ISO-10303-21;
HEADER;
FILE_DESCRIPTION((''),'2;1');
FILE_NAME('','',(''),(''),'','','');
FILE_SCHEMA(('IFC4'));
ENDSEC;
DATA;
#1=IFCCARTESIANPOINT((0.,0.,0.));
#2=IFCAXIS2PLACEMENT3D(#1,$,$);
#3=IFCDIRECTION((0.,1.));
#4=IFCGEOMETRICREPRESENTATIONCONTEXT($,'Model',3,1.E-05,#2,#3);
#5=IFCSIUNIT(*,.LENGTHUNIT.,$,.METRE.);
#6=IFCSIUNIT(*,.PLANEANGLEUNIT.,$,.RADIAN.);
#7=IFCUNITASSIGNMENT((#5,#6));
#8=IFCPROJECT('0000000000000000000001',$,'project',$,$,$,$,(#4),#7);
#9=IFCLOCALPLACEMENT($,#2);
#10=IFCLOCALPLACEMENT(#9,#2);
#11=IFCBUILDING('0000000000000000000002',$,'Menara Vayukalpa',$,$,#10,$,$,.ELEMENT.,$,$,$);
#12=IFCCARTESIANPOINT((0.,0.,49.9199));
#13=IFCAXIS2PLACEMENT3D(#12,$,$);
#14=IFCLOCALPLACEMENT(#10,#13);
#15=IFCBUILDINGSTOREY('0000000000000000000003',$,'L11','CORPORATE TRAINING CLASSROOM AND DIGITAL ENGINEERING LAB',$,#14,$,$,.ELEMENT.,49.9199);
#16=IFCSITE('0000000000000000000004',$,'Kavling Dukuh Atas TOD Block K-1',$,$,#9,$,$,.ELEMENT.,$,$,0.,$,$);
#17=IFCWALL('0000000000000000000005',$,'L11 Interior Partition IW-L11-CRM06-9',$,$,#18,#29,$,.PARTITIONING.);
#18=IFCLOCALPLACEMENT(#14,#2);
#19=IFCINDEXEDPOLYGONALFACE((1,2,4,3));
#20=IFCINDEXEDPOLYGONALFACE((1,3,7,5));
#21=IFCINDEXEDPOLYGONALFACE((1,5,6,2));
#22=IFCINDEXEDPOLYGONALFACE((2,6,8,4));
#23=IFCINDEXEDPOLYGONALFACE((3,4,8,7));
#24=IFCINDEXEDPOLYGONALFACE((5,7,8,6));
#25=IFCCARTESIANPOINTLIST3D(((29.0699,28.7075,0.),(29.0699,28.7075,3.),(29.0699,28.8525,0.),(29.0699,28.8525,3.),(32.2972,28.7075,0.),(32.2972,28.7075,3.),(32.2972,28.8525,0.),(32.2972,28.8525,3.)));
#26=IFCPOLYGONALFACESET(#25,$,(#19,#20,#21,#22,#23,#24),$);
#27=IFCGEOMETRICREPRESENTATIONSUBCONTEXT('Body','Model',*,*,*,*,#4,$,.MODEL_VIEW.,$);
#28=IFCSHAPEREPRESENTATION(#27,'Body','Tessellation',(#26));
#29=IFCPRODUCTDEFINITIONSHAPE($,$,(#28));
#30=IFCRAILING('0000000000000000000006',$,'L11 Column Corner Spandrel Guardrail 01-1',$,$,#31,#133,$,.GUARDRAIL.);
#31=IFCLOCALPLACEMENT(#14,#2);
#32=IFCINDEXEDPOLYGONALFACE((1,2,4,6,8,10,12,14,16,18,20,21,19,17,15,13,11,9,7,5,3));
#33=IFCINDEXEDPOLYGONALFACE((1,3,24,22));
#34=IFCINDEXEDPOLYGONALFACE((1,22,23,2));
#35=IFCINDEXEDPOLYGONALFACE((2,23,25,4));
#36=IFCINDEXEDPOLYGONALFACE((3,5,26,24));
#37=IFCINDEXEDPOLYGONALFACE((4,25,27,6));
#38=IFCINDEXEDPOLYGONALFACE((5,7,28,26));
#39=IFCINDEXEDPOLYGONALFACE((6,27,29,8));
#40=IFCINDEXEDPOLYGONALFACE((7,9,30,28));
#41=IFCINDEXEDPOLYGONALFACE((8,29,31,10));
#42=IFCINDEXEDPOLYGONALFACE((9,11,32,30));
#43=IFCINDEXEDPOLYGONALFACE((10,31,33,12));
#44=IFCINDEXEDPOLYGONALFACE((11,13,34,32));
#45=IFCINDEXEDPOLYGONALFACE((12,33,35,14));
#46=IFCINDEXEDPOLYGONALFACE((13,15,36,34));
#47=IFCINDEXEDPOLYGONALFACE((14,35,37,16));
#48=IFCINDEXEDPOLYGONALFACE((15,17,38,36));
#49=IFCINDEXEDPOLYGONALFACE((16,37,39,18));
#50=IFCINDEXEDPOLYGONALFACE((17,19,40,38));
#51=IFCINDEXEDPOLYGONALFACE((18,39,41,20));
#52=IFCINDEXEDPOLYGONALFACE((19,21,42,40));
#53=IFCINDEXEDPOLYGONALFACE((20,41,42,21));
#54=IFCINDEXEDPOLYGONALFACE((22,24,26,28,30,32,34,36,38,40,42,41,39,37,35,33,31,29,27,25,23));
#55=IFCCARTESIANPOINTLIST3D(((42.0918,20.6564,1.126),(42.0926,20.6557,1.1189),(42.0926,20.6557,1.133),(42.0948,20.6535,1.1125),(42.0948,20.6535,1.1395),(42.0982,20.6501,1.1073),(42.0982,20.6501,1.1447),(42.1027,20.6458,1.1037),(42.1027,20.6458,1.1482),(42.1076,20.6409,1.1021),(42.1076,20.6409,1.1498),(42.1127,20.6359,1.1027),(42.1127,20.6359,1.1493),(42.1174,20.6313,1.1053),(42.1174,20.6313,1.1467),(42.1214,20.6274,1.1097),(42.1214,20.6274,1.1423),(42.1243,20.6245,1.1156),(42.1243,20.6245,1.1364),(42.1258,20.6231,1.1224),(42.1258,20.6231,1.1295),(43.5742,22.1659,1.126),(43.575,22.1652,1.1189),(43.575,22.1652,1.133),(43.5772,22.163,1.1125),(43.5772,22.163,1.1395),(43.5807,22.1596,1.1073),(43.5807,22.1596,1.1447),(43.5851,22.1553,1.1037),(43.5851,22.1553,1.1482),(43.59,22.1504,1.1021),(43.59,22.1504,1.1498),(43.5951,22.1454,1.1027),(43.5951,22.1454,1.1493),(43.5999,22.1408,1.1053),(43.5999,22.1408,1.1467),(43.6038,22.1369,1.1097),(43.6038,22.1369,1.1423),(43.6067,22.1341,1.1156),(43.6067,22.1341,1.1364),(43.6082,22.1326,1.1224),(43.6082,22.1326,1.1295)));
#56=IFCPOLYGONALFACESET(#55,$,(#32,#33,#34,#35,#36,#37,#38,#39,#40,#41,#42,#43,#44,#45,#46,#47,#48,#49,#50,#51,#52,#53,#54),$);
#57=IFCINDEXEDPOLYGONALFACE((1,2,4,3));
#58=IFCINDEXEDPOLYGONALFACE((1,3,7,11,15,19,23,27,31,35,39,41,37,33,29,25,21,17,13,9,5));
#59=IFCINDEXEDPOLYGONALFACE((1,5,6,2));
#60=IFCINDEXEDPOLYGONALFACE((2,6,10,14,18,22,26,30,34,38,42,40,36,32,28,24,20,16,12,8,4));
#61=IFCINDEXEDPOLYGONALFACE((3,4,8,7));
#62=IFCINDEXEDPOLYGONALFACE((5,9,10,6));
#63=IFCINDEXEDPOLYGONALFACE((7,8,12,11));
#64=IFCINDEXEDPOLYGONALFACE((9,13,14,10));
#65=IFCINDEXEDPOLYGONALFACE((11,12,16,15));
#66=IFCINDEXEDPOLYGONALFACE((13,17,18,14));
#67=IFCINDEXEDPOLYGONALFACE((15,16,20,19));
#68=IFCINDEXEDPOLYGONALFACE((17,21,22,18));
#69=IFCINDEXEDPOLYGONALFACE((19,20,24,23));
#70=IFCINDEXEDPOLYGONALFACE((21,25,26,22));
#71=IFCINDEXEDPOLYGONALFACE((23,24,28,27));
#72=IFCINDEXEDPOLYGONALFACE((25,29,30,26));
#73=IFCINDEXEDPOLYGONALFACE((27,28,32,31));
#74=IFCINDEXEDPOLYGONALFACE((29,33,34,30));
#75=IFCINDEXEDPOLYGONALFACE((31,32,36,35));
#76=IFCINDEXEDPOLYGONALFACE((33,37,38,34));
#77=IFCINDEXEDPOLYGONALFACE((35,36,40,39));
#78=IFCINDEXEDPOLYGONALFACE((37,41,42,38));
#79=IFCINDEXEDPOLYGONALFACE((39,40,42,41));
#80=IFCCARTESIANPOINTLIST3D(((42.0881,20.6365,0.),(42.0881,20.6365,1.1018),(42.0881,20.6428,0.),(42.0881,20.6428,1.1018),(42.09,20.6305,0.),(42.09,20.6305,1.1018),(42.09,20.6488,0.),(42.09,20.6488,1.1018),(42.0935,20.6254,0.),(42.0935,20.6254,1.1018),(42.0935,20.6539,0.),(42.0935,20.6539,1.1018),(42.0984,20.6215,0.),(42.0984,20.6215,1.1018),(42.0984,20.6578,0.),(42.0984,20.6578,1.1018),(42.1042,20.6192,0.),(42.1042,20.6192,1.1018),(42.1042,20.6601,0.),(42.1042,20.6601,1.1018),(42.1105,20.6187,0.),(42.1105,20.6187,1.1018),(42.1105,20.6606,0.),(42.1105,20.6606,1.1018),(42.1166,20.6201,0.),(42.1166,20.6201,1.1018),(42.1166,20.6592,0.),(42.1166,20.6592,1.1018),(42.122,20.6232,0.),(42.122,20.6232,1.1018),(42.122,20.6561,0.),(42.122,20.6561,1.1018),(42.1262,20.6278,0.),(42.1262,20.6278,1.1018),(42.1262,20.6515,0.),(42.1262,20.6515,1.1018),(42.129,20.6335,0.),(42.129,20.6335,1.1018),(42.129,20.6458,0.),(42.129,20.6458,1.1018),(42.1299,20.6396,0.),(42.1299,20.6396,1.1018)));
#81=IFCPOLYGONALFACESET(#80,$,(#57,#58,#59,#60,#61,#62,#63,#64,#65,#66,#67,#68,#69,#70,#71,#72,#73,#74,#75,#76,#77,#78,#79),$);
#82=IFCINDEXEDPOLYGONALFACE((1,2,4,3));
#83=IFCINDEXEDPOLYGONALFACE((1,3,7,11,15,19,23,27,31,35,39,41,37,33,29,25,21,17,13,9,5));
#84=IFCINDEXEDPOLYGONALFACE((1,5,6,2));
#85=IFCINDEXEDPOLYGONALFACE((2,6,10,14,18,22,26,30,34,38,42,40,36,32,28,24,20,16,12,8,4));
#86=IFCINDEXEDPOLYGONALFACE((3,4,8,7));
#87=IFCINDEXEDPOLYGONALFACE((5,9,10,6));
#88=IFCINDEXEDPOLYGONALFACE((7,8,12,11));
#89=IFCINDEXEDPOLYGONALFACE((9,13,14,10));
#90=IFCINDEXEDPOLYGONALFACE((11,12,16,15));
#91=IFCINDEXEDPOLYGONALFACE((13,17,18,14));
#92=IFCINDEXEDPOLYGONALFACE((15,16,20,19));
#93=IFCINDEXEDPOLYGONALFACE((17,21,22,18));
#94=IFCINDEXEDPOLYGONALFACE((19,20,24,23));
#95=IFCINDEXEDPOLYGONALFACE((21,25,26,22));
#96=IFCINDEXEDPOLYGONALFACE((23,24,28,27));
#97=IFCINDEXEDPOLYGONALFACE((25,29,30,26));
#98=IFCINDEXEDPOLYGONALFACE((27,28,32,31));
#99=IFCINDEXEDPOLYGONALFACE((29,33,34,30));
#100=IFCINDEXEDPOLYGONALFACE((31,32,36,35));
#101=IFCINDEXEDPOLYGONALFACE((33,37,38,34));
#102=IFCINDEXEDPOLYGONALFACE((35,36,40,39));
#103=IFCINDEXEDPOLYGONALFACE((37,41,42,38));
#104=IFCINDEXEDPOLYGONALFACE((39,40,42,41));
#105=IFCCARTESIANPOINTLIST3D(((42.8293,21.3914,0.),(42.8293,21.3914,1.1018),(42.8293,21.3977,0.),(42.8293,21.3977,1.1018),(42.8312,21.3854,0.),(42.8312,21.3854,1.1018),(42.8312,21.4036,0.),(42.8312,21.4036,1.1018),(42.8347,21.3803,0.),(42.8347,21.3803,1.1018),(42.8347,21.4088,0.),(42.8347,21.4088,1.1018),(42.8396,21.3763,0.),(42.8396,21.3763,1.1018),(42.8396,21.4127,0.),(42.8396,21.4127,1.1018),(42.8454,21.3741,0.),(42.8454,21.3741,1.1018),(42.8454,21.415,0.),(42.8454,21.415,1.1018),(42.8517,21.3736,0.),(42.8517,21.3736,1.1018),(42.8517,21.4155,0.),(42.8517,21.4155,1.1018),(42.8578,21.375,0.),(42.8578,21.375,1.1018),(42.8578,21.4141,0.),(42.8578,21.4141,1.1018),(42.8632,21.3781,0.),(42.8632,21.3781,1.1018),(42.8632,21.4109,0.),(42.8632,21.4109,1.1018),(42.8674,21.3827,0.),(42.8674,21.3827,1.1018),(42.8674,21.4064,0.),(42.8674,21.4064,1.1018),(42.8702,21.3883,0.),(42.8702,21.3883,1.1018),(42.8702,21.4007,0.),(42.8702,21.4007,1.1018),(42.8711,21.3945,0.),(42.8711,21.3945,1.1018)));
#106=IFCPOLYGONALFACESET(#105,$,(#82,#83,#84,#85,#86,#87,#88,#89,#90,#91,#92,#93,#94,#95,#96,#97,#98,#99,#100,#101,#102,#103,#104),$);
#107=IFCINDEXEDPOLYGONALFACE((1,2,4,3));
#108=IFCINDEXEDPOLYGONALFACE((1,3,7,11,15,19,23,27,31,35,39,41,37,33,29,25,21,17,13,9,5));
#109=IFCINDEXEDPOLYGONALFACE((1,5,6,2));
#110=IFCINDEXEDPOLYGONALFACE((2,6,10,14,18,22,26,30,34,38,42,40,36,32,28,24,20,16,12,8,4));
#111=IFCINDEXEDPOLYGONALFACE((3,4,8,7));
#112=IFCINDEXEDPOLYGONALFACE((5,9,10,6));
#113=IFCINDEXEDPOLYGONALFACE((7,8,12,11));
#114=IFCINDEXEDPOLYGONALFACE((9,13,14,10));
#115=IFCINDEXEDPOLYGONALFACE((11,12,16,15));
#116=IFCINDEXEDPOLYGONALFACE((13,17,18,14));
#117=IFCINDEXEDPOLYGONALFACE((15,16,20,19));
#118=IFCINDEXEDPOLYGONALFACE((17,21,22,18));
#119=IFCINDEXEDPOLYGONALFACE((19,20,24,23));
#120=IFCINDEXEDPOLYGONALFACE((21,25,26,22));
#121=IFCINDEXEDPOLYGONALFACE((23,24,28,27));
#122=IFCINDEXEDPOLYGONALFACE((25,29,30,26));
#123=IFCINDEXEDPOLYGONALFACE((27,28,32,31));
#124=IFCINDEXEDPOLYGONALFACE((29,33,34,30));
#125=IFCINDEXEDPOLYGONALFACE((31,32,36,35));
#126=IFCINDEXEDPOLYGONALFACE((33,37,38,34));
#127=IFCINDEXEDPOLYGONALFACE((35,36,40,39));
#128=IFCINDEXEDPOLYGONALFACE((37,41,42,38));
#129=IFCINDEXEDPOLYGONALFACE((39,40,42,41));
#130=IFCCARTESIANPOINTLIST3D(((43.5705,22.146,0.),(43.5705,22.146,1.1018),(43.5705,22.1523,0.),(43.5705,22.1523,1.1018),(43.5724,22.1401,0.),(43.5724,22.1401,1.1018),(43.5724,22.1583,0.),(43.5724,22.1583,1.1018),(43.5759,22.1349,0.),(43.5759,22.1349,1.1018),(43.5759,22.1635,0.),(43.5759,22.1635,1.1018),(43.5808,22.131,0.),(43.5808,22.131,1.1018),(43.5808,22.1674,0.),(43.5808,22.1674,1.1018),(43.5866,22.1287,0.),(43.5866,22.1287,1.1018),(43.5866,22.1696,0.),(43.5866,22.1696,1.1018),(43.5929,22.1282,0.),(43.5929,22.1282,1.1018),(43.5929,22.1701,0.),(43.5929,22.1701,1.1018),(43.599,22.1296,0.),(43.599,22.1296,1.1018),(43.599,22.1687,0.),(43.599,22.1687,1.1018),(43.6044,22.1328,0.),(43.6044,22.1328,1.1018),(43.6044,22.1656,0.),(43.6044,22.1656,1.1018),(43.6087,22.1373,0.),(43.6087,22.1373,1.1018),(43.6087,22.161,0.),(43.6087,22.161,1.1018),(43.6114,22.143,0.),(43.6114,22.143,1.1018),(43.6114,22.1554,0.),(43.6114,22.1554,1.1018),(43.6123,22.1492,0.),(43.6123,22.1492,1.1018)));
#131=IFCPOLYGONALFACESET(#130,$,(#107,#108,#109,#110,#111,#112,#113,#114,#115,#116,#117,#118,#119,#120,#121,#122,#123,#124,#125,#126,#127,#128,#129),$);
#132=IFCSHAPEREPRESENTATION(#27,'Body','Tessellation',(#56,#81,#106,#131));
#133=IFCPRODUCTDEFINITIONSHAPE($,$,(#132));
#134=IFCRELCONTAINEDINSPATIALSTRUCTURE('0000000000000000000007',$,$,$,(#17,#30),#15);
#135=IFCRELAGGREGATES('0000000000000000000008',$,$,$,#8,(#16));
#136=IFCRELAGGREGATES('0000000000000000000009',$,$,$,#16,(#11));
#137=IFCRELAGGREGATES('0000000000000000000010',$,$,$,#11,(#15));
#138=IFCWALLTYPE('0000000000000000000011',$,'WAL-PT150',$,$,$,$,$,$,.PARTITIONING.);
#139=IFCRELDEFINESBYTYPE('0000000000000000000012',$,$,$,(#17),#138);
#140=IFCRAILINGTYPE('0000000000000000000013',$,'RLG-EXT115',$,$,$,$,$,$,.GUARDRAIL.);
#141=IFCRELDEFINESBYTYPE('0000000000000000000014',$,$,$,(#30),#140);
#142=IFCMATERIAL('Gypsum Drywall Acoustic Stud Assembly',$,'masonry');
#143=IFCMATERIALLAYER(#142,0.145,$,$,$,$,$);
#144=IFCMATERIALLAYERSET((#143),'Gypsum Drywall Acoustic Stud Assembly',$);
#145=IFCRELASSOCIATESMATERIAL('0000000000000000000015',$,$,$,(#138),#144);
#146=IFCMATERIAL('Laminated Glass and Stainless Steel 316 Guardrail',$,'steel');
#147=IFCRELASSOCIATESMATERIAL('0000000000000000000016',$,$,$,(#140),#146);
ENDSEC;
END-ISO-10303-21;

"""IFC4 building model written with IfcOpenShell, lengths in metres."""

from ifc_helpers import new_model, si_unit, direction, frame, frame_2d, origin, origin_2d, place, context, subcontext, project, spatial, rectangle, circle, extrude, material, layer, layer_set, type_object, element, save


model = new_model("IFC4")

# Units and contexts
model_context = context("Model", 3, precision=1e-05, world=origin(), true_north=direction((0.0, 1.0)))
body_context = subcontext(model_context, "Body", "Model", "MODEL_VIEW")
ifc_project = project(units=[si_unit("LENGTHUNIT", "METRE"), si_unit("PLANEANGLEUNIT", "RADIAN")], contexts=[model_context])

# Site, building, storey
site_placement = place(None, origin())
site = spatial("IfcSite", under=ifc_project, at=site_placement, Name="Kavling Dukuh Atas TOD Block K-1", CompositionType="ELEMENT", RefElevation=0.0)
building_placement = place(site_placement, origin())
building = spatial("IfcBuilding", under=site, at=building_placement, Name="Menara Vayukalpa", CompositionType="ELEMENT")
storey_placement = place(building_placement, frame((0.0, 0.0, 49.9199)))
storey = spatial("IfcBuildingStorey", under=building, at=storey_placement, Name="L11", Description="CORPORATE TRAINING CLASSROOM AND DIGITAL ENGINEERING LAB", CompositionType="ELEMENT", Elevation=49.9199)

# Wall
ifc_material_1 = material(Name="Gypsum Drywall Acoustic Stud Assembly", Category="masonry")
ifc_layer_1 = layer(ifc_material_1, 0.145)
ifc_layer_set_1 = layer_set([ifc_layer_1], Name="Gypsum Drywall Acoustic Stud Assembly")
wall_type_1 = type_object("IfcWallType", Name="WAL-PT150", PredefinedType="PARTITIONING", material=ifc_layer_set_1)
wall_1_placement = place(storey_placement, frame((32.2974, 28.78, 0.0), z_axis=(0.0, 0.0, 1.0), x_axis=(-1.0, 0.0, 0.0)))
element("IfcWall", 1, at=wall_1_placement, inside=storey, type_object=wall_type_1, Name="L11 Interior Partition IW-L11-CRM06-9", PredefinedType="PARTITIONING", context=body_context, shape_type="SweptSolid", body=[
    extrude(rectangle(XDim=3.2273, YDim=0.145, at=frame_2d((1.6138, 0.0))), origin(), (0.0, 0.0, 1.0), 3.0),
])

# Railing
ifc_material_2 = material(Name="Laminated Glass and Stainless Steel 316 Guardrail", Category="steel")
railing_type_1 = type_object("IfcRailingType", Name="RLG-EXT115", PredefinedType="GUARDRAIL", material=ifc_material_2)
railing_1_placement = place(storey_placement, frame((42.1089, 20.6396, 0.0)))
element("IfcRailing", 2, at=railing_1_placement, inside=storey, type_object=railing_type_1, Name="L11 Column Corner Spandrel Guardrail 01-1", PredefinedType="GUARDRAIL", context=body_context, shape_type="SweptSolid", body=[
    extrude(circle(Radius=0.0239, at=origin_2d()), frame((0.0, 0.0, 1.126), z_axis=(0.700673, 0.713482, 0.0), x_axis=(-0.713482, 0.700673, 0.0)), (0.0, 0.0, 1.0), 2.1157),
    extrude(circle(Radius=0.021, at=origin_2d()), origin(), (0.0, 0.0, 1.0), 1.1018),
    extrude(circle(Radius=0.021, at=origin_2d()), frame((0.7412, 0.7549, 0.0)), (0.0, 0.0, 1.0), 1.1018),
    extrude(circle(Radius=0.021, at=origin_2d()), frame((1.4824, 1.5095, 0.0)), (0.0, 0.0, 1.0), 1.1018),
])

save(model, "model.ifc")
